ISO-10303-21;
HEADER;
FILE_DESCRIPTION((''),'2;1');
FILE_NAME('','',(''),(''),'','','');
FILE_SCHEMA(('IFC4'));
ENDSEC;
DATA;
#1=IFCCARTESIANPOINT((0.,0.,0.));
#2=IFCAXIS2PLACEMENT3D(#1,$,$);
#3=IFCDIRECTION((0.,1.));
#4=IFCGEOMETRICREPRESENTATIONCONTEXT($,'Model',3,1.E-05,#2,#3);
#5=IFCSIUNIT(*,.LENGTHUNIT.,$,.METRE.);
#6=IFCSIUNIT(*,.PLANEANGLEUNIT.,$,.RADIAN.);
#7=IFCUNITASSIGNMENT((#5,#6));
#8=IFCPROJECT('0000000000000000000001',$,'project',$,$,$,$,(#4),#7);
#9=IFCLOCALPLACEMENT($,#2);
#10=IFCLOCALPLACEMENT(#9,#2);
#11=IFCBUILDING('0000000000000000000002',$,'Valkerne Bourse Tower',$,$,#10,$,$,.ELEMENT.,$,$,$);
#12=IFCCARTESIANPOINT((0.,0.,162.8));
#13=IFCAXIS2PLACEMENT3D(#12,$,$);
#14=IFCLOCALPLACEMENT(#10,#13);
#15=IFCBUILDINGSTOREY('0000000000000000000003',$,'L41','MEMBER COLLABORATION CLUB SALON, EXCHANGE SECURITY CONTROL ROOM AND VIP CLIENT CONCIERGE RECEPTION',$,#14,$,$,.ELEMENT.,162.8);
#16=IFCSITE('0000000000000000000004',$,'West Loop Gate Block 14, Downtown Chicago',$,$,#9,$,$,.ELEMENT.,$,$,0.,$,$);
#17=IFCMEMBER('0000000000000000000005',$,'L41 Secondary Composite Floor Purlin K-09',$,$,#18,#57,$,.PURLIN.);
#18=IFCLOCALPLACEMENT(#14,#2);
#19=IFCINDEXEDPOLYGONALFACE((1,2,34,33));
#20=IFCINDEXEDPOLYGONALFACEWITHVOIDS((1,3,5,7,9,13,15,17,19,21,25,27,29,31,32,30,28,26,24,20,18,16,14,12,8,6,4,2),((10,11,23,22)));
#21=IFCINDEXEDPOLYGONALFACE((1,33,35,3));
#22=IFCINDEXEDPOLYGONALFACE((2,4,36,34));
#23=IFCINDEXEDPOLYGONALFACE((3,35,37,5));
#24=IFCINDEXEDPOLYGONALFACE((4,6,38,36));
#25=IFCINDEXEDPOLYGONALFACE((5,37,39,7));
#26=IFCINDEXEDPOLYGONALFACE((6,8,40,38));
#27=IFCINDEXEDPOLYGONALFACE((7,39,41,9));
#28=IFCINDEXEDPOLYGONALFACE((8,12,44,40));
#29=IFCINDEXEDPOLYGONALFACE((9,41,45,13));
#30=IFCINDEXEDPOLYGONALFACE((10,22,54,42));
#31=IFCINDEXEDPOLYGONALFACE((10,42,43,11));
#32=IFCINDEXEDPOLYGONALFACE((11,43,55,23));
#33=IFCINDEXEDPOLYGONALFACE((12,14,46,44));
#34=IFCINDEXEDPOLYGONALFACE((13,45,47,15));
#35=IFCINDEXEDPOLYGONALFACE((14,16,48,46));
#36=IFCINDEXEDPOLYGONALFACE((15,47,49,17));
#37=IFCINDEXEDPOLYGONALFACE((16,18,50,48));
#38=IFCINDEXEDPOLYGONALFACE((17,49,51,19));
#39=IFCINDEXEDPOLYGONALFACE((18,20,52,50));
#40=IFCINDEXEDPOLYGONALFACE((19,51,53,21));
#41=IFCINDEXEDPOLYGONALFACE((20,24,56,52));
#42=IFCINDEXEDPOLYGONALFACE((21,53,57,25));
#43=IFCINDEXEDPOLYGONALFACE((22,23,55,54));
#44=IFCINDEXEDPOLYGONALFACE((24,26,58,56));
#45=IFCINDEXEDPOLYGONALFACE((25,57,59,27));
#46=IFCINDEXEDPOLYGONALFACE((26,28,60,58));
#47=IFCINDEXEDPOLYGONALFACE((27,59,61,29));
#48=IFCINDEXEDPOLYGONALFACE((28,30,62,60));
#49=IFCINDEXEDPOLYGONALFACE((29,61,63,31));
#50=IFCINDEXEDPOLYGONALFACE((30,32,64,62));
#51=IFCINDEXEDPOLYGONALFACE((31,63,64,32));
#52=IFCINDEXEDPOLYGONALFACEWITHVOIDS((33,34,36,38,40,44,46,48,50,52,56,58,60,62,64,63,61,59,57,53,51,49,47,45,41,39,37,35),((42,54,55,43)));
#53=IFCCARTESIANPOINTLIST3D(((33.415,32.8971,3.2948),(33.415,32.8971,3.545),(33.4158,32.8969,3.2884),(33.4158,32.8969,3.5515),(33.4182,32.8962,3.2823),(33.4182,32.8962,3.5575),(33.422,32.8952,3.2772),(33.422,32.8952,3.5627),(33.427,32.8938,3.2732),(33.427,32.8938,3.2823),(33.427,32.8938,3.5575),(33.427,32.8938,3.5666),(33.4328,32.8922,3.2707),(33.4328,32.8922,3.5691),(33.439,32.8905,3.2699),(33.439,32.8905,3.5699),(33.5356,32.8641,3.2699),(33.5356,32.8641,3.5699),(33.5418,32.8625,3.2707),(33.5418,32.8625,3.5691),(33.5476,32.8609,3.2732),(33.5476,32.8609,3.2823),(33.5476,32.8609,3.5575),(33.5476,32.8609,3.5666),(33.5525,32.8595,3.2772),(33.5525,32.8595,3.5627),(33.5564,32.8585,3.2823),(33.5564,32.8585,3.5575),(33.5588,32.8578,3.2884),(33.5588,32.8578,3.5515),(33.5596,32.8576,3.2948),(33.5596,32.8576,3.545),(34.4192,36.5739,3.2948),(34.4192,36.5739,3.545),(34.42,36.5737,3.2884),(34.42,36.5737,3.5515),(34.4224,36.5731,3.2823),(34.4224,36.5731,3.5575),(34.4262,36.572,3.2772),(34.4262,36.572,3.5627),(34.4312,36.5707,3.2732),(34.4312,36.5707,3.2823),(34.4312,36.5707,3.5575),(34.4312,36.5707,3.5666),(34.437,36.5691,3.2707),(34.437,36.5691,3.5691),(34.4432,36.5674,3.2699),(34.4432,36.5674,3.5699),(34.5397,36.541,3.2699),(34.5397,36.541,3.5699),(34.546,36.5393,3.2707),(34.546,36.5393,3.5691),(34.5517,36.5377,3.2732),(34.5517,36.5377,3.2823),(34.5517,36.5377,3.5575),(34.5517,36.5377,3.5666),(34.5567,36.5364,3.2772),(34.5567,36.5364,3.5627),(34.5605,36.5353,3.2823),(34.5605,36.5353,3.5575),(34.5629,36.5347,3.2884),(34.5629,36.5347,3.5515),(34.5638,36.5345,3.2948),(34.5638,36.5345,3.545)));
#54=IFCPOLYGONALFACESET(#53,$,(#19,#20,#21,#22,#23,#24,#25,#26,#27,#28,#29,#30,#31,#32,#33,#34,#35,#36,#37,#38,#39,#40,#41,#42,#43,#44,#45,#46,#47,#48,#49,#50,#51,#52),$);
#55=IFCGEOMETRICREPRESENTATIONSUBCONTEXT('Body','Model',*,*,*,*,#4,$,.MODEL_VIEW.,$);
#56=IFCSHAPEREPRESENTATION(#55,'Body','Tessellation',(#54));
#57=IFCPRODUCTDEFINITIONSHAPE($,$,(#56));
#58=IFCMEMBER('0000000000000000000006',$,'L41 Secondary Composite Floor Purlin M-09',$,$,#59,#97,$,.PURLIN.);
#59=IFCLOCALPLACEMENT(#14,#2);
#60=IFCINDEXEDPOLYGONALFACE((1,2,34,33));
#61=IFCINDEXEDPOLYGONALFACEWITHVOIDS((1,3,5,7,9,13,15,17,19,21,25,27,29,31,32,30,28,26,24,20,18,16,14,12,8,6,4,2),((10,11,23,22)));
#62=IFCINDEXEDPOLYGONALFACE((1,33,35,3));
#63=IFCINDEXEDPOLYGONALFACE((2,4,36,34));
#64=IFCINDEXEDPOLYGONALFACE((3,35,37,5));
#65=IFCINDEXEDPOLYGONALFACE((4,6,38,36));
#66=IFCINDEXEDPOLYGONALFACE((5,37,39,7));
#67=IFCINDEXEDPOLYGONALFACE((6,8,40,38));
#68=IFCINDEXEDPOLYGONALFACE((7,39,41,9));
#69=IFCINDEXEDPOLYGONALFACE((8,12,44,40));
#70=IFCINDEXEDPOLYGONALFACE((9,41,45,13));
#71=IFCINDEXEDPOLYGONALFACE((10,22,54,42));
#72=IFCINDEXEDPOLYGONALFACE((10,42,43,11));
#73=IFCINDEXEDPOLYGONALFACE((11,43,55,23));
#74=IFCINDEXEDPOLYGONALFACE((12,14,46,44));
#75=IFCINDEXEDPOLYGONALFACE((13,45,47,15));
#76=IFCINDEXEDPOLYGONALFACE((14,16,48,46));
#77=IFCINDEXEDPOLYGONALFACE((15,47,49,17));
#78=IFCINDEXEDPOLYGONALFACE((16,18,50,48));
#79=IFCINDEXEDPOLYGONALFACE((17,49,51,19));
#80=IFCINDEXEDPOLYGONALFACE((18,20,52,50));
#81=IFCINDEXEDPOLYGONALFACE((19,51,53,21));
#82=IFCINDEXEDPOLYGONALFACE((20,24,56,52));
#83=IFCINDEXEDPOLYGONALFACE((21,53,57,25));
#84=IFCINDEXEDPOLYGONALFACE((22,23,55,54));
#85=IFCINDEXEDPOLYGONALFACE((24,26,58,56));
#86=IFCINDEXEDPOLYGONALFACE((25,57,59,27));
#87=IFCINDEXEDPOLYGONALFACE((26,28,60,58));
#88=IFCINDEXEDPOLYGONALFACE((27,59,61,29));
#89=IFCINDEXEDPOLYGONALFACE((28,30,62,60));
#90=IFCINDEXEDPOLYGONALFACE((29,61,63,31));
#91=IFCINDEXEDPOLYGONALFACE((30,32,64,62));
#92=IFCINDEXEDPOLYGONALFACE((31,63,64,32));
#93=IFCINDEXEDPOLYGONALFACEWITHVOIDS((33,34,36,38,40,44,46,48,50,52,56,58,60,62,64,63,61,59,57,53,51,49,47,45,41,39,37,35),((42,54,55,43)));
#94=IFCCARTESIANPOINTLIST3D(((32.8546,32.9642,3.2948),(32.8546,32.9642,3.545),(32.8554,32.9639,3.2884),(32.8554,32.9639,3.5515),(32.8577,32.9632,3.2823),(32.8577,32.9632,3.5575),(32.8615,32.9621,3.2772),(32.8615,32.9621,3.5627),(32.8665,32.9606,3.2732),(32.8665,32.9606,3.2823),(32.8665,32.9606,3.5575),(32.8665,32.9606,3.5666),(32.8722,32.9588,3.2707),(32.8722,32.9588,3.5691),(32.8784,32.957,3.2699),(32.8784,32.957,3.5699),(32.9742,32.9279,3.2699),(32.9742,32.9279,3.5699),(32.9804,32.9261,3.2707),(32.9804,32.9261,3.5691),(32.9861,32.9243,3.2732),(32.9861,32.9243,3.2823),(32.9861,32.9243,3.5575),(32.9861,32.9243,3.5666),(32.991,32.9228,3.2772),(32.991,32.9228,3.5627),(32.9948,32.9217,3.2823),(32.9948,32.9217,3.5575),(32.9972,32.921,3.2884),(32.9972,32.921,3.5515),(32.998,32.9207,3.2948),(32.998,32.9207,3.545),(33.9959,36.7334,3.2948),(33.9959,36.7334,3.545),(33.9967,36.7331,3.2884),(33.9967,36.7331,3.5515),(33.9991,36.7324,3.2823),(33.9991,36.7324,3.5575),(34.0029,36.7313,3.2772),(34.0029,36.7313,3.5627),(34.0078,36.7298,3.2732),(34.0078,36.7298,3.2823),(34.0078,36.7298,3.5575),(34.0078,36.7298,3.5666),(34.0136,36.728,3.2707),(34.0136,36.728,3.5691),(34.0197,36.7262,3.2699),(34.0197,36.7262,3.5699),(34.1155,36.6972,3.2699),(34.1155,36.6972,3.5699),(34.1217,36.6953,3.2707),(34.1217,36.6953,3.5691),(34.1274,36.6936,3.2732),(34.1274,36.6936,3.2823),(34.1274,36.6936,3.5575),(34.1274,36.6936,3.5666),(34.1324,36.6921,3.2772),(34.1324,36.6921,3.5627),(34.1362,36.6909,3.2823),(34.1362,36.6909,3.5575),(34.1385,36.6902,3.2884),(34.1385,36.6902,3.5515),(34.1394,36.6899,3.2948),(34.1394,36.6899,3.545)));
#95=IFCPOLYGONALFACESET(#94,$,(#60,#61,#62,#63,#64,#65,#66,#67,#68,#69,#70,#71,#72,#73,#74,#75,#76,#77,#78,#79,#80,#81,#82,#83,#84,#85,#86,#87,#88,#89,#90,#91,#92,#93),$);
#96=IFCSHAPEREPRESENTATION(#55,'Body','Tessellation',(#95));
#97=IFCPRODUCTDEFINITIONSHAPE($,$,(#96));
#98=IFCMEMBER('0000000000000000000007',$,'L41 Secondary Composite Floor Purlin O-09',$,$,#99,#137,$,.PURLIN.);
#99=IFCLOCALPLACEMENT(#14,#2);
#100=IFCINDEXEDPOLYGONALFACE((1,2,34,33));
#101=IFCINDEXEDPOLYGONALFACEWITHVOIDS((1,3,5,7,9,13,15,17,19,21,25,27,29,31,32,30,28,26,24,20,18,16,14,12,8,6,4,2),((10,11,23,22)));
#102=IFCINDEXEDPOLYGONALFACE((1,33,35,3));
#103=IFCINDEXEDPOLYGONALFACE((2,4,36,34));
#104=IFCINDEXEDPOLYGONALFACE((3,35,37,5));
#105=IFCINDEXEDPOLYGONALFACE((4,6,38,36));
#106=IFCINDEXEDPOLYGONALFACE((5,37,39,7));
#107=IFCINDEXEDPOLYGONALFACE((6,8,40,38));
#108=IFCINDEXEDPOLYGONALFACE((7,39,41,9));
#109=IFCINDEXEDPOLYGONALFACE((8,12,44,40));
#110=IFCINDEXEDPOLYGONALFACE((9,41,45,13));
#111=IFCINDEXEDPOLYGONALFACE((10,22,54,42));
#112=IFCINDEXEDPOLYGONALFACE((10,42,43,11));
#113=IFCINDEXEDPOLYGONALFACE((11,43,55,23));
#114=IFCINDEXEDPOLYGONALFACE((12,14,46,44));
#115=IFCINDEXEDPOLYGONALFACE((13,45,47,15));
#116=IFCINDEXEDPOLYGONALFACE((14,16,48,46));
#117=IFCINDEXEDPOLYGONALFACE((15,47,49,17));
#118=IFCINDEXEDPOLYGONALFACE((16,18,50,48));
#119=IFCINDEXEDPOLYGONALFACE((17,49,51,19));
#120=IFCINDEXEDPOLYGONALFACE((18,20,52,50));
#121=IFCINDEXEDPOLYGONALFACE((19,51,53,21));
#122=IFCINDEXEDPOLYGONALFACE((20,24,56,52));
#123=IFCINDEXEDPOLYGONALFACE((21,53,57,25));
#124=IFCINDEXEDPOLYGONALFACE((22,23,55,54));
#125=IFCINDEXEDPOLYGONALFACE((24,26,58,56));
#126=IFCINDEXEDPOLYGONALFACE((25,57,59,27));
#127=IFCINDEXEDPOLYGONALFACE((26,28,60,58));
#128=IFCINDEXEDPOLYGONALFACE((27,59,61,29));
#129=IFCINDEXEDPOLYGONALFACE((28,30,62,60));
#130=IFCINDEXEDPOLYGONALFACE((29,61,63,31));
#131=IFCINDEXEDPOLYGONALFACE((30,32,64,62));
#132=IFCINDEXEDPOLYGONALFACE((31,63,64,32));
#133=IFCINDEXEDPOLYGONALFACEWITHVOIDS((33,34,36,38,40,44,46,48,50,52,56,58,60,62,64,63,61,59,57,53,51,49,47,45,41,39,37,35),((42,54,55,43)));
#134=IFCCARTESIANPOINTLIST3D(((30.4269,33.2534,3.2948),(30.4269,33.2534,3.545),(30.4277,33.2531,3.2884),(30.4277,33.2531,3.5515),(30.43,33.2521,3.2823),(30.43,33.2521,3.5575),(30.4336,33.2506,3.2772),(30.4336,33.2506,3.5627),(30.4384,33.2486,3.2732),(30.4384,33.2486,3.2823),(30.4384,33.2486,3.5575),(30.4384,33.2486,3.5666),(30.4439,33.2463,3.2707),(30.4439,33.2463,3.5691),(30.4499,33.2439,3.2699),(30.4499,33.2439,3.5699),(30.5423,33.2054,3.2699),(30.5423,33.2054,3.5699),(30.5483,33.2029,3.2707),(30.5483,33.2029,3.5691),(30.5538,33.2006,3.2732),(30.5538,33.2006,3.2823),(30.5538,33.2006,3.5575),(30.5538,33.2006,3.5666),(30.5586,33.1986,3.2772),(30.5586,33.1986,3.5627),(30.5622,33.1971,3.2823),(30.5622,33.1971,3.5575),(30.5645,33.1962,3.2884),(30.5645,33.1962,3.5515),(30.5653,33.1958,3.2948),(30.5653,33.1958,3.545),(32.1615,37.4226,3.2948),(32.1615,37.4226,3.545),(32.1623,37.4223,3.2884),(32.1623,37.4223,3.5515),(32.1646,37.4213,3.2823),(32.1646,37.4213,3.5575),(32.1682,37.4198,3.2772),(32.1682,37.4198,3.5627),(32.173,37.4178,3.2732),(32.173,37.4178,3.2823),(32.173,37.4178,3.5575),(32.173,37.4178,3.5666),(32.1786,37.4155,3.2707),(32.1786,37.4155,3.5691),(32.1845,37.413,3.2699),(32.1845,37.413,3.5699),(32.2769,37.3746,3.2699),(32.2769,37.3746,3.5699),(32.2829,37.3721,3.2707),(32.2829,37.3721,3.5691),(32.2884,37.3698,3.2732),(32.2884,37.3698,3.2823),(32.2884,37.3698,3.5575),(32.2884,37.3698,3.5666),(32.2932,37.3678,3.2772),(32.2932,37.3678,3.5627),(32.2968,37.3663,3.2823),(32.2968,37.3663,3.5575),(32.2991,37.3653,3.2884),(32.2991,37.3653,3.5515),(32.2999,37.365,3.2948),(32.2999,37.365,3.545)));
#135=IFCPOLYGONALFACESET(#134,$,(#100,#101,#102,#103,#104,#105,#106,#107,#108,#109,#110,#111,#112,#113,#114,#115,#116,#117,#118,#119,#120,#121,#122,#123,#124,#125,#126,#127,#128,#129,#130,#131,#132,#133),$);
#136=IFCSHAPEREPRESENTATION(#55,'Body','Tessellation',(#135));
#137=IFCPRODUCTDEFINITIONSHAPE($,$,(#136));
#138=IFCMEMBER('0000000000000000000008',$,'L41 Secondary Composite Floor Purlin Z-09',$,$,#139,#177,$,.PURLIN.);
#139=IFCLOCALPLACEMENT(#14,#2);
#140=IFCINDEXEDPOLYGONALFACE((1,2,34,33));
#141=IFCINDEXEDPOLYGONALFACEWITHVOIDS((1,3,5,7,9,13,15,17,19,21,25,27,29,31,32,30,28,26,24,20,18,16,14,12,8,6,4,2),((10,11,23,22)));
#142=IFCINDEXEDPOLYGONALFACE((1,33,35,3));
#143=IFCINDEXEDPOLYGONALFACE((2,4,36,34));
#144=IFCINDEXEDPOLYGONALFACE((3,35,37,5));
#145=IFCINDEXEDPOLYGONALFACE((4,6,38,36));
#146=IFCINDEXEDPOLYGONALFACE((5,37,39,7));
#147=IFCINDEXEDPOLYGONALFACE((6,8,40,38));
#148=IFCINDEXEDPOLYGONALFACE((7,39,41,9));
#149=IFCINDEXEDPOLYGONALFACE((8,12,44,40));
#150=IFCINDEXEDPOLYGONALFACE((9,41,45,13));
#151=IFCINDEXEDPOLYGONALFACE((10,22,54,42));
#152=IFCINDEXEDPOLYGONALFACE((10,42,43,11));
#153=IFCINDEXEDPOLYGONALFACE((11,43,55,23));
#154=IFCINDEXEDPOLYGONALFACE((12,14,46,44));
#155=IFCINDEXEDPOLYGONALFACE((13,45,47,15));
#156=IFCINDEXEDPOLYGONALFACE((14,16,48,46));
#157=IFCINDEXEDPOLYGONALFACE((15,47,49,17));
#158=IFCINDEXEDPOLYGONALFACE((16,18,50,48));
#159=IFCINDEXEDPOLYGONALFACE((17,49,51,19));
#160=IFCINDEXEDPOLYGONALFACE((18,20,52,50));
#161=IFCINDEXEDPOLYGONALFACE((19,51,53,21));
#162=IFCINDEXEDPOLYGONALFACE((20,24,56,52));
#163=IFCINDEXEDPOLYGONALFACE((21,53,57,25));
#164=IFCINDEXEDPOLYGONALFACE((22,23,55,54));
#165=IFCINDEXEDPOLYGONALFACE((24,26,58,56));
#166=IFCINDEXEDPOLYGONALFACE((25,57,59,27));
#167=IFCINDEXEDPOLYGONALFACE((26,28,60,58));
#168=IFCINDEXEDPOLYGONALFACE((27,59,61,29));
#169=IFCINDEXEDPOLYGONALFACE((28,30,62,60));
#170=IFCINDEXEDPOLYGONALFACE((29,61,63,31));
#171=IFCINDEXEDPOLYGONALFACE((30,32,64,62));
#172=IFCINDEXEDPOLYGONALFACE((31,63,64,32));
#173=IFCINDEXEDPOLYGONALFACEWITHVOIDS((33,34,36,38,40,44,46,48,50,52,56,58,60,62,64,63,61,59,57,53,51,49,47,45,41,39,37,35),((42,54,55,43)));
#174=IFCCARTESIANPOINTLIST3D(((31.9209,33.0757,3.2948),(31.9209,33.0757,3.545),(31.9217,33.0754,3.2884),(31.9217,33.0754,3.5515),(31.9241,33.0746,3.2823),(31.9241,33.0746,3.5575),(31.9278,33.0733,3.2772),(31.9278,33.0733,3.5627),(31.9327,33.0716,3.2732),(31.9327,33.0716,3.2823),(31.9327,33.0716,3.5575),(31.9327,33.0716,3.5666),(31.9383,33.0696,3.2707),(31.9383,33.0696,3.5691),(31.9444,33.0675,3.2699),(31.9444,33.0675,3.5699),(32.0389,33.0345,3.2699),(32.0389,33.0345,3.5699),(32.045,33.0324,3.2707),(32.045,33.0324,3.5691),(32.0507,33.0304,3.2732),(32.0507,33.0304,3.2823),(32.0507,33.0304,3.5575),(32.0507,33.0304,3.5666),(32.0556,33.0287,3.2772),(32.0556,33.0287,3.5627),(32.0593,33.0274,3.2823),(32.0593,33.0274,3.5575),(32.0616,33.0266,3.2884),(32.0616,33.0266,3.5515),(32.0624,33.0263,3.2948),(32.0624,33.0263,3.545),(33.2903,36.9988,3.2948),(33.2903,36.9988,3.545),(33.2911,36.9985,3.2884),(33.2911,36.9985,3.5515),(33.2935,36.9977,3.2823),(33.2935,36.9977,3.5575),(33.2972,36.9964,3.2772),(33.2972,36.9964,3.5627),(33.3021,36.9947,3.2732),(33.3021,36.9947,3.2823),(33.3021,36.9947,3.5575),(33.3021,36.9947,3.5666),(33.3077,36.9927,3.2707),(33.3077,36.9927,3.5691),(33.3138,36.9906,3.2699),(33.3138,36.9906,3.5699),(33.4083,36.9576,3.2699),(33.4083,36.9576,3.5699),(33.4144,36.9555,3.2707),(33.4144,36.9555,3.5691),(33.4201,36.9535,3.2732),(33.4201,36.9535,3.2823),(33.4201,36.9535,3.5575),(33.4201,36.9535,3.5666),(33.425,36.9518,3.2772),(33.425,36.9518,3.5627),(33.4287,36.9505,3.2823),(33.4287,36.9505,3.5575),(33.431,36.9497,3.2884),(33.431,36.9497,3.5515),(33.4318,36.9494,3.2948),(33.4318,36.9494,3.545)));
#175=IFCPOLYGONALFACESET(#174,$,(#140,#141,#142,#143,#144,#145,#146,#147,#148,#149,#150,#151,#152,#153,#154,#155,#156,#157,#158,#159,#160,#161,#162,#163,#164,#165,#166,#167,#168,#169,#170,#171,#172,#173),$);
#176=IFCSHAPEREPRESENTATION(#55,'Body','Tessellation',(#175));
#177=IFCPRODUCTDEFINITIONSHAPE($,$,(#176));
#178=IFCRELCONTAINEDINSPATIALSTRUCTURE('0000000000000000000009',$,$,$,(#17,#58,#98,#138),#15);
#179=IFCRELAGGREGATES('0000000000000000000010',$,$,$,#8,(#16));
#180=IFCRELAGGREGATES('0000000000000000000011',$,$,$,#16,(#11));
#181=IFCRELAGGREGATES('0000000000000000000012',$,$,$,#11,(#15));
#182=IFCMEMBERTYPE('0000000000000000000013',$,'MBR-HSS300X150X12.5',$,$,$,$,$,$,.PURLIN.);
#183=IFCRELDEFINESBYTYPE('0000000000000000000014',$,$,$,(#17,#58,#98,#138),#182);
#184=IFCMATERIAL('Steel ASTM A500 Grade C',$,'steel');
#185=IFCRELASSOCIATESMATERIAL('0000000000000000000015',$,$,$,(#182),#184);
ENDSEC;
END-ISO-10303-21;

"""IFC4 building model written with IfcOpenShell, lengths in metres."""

from ifc_helpers import new_model, si_unit, direction, frame, origin, origin_2d, place, context, subcontext, project, spatial, hollow_rectangle, extrude, material, material_profile, profile_set, type_object, element, save


model = new_model("IFC4")

# Units and contexts
model_context = context("Model", 3, precision=1e-05, world=origin(), true_north=direction((0.0, 1.0)))
body_context = subcontext(model_context, "Body", "Model", "MODEL_VIEW")
ifc_project = project(units=[si_unit("LENGTHUNIT", "METRE"), si_unit("PLANEANGLEUNIT", "RADIAN")], contexts=[model_context])

# Site, building, storey
site_placement = place(None, origin())
site = spatial("IfcSite", under=ifc_project, at=site_placement, Name="West Loop Gate Block 14, Downtown Chicago", CompositionType="ELEMENT", RefElevation=0.0)
building_placement = place(site_placement, origin())
building = spatial("IfcBuilding", under=site, at=building_placement, Name="Valkerne Bourse Tower", CompositionType="ELEMENT")
storey_placement = place(building_placement, frame((0.0, 0.0, 162.8)))
storey = spatial("IfcBuildingStorey", under=building, at=storey_placement, Name="L41", Description="MEMBER COLLABORATION CLUB SALON, EXCHANGE SECURITY CONTROL ROOM AND VIP CLIENT CONCIERGE RECEPTION", CompositionType="ELEMENT", Elevation=162.8)

# Members
ifc_material_1 = material(Name="Steel ASTM A500 Grade C", Category="steel")
ifc_material_profile_1 = material_profile(ifc_material_1, hollow_rectangle(XDim=0.1499, YDim=0.3, WallThickness=0.0125, OuterFilletRadius=0.0249, at=origin_2d()), Name="HSS300X150X12.5")
ifc_profile_set_1 = profile_set([ifc_material_profile_1], Name="Steel ASTM A500 Grade C")
member_type_1 = type_object("IfcMemberType", Name="MBR-HSS300X150X12.5", PredefinedType="PURLIN", material=ifc_profile_set_1)
member_1_placement = place(storey_placement, frame((34.4915, 36.5542, 3.4199), z_axis=(-0.263459, -0.964671, 0.0), x_axis=(0.964671, -0.263459, 0.0)))
element("IfcMember", 1, at=member_1_placement, inside=storey, type_object=member_type_1, Name="L41 Secondary Composite Floor Purlin K-09", PredefinedType="PURLIN", context=body_context, shape_type="SweptSolid", body=[
    extrude(hollow_rectangle(XDim=0.1499, YDim=0.3, WallThickness=0.0125, OuterFilletRadius=0.0249, at=origin_2d()), origin(), (0.0, 0.0, 1.0), 3.8115),
])
member_2_placement = place(storey_placement, frame((34.0676, 36.7117, 3.4199), z_axis=(-0.28981, -0.957084, 0.0), x_axis=(0.957084, -0.28981, 0.0)))
element("IfcMember", 2, at=member_2_placement, inside=storey, type_object=member_type_1, Name="L41 Secondary Composite Floor Purlin M-09", PredefinedType="PURLIN", context=body_context, shape_type="SweptSolid", body=[
    extrude(hollow_rectangle(XDim=0.1499, YDim=0.3, WallThickness=0.0125, OuterFilletRadius=0.0249, at=origin_2d()), origin(), (0.0, 0.0, 1.0), 3.9382),
])
member_3_placement = place(storey_placement, frame((32.2307, 37.3938, 3.4199), z_axis=(-0.384135, -0.923277, 0.0), x_axis=(0.923277, -0.384135, 0.0)))
element("IfcMember", 3, at=member_3_placement, inside=storey, type_object=member_type_1, Name="L41 Secondary Composite Floor Purlin O-09", PredefinedType="PURLIN", context=body_context, shape_type="SweptSolid", body=[
    extrude(hollow_rectangle(XDim=0.1499, YDim=0.3, WallThickness=0.0125, OuterFilletRadius=0.0249, at=origin_2d()), origin(), (0.0, 0.0, 1.0), 4.5156),
])
member_4_placement = place(storey_placement, frame((33.3611, 36.9741, 3.4199), z_axis=(-0.329557, -0.944136, 0.0), x_axis=(0.944136, -0.329557, 0.0)))
element("IfcMember", 4, at=member_4_placement, inside=storey, type_object=member_type_1, Name="L41 Secondary Composite Floor Purlin Z-09", PredefinedType="PURLIN", context=body_context, shape_type="SweptSolid", body=[
    extrude(hollow_rectangle(XDim=0.1499, YDim=0.3, WallThickness=0.0125, OuterFilletRadius=0.0249, at=origin_2d()), origin(), (0.0, 0.0, 1.0), 4.1553),
])

save(model, "model.ifc")
